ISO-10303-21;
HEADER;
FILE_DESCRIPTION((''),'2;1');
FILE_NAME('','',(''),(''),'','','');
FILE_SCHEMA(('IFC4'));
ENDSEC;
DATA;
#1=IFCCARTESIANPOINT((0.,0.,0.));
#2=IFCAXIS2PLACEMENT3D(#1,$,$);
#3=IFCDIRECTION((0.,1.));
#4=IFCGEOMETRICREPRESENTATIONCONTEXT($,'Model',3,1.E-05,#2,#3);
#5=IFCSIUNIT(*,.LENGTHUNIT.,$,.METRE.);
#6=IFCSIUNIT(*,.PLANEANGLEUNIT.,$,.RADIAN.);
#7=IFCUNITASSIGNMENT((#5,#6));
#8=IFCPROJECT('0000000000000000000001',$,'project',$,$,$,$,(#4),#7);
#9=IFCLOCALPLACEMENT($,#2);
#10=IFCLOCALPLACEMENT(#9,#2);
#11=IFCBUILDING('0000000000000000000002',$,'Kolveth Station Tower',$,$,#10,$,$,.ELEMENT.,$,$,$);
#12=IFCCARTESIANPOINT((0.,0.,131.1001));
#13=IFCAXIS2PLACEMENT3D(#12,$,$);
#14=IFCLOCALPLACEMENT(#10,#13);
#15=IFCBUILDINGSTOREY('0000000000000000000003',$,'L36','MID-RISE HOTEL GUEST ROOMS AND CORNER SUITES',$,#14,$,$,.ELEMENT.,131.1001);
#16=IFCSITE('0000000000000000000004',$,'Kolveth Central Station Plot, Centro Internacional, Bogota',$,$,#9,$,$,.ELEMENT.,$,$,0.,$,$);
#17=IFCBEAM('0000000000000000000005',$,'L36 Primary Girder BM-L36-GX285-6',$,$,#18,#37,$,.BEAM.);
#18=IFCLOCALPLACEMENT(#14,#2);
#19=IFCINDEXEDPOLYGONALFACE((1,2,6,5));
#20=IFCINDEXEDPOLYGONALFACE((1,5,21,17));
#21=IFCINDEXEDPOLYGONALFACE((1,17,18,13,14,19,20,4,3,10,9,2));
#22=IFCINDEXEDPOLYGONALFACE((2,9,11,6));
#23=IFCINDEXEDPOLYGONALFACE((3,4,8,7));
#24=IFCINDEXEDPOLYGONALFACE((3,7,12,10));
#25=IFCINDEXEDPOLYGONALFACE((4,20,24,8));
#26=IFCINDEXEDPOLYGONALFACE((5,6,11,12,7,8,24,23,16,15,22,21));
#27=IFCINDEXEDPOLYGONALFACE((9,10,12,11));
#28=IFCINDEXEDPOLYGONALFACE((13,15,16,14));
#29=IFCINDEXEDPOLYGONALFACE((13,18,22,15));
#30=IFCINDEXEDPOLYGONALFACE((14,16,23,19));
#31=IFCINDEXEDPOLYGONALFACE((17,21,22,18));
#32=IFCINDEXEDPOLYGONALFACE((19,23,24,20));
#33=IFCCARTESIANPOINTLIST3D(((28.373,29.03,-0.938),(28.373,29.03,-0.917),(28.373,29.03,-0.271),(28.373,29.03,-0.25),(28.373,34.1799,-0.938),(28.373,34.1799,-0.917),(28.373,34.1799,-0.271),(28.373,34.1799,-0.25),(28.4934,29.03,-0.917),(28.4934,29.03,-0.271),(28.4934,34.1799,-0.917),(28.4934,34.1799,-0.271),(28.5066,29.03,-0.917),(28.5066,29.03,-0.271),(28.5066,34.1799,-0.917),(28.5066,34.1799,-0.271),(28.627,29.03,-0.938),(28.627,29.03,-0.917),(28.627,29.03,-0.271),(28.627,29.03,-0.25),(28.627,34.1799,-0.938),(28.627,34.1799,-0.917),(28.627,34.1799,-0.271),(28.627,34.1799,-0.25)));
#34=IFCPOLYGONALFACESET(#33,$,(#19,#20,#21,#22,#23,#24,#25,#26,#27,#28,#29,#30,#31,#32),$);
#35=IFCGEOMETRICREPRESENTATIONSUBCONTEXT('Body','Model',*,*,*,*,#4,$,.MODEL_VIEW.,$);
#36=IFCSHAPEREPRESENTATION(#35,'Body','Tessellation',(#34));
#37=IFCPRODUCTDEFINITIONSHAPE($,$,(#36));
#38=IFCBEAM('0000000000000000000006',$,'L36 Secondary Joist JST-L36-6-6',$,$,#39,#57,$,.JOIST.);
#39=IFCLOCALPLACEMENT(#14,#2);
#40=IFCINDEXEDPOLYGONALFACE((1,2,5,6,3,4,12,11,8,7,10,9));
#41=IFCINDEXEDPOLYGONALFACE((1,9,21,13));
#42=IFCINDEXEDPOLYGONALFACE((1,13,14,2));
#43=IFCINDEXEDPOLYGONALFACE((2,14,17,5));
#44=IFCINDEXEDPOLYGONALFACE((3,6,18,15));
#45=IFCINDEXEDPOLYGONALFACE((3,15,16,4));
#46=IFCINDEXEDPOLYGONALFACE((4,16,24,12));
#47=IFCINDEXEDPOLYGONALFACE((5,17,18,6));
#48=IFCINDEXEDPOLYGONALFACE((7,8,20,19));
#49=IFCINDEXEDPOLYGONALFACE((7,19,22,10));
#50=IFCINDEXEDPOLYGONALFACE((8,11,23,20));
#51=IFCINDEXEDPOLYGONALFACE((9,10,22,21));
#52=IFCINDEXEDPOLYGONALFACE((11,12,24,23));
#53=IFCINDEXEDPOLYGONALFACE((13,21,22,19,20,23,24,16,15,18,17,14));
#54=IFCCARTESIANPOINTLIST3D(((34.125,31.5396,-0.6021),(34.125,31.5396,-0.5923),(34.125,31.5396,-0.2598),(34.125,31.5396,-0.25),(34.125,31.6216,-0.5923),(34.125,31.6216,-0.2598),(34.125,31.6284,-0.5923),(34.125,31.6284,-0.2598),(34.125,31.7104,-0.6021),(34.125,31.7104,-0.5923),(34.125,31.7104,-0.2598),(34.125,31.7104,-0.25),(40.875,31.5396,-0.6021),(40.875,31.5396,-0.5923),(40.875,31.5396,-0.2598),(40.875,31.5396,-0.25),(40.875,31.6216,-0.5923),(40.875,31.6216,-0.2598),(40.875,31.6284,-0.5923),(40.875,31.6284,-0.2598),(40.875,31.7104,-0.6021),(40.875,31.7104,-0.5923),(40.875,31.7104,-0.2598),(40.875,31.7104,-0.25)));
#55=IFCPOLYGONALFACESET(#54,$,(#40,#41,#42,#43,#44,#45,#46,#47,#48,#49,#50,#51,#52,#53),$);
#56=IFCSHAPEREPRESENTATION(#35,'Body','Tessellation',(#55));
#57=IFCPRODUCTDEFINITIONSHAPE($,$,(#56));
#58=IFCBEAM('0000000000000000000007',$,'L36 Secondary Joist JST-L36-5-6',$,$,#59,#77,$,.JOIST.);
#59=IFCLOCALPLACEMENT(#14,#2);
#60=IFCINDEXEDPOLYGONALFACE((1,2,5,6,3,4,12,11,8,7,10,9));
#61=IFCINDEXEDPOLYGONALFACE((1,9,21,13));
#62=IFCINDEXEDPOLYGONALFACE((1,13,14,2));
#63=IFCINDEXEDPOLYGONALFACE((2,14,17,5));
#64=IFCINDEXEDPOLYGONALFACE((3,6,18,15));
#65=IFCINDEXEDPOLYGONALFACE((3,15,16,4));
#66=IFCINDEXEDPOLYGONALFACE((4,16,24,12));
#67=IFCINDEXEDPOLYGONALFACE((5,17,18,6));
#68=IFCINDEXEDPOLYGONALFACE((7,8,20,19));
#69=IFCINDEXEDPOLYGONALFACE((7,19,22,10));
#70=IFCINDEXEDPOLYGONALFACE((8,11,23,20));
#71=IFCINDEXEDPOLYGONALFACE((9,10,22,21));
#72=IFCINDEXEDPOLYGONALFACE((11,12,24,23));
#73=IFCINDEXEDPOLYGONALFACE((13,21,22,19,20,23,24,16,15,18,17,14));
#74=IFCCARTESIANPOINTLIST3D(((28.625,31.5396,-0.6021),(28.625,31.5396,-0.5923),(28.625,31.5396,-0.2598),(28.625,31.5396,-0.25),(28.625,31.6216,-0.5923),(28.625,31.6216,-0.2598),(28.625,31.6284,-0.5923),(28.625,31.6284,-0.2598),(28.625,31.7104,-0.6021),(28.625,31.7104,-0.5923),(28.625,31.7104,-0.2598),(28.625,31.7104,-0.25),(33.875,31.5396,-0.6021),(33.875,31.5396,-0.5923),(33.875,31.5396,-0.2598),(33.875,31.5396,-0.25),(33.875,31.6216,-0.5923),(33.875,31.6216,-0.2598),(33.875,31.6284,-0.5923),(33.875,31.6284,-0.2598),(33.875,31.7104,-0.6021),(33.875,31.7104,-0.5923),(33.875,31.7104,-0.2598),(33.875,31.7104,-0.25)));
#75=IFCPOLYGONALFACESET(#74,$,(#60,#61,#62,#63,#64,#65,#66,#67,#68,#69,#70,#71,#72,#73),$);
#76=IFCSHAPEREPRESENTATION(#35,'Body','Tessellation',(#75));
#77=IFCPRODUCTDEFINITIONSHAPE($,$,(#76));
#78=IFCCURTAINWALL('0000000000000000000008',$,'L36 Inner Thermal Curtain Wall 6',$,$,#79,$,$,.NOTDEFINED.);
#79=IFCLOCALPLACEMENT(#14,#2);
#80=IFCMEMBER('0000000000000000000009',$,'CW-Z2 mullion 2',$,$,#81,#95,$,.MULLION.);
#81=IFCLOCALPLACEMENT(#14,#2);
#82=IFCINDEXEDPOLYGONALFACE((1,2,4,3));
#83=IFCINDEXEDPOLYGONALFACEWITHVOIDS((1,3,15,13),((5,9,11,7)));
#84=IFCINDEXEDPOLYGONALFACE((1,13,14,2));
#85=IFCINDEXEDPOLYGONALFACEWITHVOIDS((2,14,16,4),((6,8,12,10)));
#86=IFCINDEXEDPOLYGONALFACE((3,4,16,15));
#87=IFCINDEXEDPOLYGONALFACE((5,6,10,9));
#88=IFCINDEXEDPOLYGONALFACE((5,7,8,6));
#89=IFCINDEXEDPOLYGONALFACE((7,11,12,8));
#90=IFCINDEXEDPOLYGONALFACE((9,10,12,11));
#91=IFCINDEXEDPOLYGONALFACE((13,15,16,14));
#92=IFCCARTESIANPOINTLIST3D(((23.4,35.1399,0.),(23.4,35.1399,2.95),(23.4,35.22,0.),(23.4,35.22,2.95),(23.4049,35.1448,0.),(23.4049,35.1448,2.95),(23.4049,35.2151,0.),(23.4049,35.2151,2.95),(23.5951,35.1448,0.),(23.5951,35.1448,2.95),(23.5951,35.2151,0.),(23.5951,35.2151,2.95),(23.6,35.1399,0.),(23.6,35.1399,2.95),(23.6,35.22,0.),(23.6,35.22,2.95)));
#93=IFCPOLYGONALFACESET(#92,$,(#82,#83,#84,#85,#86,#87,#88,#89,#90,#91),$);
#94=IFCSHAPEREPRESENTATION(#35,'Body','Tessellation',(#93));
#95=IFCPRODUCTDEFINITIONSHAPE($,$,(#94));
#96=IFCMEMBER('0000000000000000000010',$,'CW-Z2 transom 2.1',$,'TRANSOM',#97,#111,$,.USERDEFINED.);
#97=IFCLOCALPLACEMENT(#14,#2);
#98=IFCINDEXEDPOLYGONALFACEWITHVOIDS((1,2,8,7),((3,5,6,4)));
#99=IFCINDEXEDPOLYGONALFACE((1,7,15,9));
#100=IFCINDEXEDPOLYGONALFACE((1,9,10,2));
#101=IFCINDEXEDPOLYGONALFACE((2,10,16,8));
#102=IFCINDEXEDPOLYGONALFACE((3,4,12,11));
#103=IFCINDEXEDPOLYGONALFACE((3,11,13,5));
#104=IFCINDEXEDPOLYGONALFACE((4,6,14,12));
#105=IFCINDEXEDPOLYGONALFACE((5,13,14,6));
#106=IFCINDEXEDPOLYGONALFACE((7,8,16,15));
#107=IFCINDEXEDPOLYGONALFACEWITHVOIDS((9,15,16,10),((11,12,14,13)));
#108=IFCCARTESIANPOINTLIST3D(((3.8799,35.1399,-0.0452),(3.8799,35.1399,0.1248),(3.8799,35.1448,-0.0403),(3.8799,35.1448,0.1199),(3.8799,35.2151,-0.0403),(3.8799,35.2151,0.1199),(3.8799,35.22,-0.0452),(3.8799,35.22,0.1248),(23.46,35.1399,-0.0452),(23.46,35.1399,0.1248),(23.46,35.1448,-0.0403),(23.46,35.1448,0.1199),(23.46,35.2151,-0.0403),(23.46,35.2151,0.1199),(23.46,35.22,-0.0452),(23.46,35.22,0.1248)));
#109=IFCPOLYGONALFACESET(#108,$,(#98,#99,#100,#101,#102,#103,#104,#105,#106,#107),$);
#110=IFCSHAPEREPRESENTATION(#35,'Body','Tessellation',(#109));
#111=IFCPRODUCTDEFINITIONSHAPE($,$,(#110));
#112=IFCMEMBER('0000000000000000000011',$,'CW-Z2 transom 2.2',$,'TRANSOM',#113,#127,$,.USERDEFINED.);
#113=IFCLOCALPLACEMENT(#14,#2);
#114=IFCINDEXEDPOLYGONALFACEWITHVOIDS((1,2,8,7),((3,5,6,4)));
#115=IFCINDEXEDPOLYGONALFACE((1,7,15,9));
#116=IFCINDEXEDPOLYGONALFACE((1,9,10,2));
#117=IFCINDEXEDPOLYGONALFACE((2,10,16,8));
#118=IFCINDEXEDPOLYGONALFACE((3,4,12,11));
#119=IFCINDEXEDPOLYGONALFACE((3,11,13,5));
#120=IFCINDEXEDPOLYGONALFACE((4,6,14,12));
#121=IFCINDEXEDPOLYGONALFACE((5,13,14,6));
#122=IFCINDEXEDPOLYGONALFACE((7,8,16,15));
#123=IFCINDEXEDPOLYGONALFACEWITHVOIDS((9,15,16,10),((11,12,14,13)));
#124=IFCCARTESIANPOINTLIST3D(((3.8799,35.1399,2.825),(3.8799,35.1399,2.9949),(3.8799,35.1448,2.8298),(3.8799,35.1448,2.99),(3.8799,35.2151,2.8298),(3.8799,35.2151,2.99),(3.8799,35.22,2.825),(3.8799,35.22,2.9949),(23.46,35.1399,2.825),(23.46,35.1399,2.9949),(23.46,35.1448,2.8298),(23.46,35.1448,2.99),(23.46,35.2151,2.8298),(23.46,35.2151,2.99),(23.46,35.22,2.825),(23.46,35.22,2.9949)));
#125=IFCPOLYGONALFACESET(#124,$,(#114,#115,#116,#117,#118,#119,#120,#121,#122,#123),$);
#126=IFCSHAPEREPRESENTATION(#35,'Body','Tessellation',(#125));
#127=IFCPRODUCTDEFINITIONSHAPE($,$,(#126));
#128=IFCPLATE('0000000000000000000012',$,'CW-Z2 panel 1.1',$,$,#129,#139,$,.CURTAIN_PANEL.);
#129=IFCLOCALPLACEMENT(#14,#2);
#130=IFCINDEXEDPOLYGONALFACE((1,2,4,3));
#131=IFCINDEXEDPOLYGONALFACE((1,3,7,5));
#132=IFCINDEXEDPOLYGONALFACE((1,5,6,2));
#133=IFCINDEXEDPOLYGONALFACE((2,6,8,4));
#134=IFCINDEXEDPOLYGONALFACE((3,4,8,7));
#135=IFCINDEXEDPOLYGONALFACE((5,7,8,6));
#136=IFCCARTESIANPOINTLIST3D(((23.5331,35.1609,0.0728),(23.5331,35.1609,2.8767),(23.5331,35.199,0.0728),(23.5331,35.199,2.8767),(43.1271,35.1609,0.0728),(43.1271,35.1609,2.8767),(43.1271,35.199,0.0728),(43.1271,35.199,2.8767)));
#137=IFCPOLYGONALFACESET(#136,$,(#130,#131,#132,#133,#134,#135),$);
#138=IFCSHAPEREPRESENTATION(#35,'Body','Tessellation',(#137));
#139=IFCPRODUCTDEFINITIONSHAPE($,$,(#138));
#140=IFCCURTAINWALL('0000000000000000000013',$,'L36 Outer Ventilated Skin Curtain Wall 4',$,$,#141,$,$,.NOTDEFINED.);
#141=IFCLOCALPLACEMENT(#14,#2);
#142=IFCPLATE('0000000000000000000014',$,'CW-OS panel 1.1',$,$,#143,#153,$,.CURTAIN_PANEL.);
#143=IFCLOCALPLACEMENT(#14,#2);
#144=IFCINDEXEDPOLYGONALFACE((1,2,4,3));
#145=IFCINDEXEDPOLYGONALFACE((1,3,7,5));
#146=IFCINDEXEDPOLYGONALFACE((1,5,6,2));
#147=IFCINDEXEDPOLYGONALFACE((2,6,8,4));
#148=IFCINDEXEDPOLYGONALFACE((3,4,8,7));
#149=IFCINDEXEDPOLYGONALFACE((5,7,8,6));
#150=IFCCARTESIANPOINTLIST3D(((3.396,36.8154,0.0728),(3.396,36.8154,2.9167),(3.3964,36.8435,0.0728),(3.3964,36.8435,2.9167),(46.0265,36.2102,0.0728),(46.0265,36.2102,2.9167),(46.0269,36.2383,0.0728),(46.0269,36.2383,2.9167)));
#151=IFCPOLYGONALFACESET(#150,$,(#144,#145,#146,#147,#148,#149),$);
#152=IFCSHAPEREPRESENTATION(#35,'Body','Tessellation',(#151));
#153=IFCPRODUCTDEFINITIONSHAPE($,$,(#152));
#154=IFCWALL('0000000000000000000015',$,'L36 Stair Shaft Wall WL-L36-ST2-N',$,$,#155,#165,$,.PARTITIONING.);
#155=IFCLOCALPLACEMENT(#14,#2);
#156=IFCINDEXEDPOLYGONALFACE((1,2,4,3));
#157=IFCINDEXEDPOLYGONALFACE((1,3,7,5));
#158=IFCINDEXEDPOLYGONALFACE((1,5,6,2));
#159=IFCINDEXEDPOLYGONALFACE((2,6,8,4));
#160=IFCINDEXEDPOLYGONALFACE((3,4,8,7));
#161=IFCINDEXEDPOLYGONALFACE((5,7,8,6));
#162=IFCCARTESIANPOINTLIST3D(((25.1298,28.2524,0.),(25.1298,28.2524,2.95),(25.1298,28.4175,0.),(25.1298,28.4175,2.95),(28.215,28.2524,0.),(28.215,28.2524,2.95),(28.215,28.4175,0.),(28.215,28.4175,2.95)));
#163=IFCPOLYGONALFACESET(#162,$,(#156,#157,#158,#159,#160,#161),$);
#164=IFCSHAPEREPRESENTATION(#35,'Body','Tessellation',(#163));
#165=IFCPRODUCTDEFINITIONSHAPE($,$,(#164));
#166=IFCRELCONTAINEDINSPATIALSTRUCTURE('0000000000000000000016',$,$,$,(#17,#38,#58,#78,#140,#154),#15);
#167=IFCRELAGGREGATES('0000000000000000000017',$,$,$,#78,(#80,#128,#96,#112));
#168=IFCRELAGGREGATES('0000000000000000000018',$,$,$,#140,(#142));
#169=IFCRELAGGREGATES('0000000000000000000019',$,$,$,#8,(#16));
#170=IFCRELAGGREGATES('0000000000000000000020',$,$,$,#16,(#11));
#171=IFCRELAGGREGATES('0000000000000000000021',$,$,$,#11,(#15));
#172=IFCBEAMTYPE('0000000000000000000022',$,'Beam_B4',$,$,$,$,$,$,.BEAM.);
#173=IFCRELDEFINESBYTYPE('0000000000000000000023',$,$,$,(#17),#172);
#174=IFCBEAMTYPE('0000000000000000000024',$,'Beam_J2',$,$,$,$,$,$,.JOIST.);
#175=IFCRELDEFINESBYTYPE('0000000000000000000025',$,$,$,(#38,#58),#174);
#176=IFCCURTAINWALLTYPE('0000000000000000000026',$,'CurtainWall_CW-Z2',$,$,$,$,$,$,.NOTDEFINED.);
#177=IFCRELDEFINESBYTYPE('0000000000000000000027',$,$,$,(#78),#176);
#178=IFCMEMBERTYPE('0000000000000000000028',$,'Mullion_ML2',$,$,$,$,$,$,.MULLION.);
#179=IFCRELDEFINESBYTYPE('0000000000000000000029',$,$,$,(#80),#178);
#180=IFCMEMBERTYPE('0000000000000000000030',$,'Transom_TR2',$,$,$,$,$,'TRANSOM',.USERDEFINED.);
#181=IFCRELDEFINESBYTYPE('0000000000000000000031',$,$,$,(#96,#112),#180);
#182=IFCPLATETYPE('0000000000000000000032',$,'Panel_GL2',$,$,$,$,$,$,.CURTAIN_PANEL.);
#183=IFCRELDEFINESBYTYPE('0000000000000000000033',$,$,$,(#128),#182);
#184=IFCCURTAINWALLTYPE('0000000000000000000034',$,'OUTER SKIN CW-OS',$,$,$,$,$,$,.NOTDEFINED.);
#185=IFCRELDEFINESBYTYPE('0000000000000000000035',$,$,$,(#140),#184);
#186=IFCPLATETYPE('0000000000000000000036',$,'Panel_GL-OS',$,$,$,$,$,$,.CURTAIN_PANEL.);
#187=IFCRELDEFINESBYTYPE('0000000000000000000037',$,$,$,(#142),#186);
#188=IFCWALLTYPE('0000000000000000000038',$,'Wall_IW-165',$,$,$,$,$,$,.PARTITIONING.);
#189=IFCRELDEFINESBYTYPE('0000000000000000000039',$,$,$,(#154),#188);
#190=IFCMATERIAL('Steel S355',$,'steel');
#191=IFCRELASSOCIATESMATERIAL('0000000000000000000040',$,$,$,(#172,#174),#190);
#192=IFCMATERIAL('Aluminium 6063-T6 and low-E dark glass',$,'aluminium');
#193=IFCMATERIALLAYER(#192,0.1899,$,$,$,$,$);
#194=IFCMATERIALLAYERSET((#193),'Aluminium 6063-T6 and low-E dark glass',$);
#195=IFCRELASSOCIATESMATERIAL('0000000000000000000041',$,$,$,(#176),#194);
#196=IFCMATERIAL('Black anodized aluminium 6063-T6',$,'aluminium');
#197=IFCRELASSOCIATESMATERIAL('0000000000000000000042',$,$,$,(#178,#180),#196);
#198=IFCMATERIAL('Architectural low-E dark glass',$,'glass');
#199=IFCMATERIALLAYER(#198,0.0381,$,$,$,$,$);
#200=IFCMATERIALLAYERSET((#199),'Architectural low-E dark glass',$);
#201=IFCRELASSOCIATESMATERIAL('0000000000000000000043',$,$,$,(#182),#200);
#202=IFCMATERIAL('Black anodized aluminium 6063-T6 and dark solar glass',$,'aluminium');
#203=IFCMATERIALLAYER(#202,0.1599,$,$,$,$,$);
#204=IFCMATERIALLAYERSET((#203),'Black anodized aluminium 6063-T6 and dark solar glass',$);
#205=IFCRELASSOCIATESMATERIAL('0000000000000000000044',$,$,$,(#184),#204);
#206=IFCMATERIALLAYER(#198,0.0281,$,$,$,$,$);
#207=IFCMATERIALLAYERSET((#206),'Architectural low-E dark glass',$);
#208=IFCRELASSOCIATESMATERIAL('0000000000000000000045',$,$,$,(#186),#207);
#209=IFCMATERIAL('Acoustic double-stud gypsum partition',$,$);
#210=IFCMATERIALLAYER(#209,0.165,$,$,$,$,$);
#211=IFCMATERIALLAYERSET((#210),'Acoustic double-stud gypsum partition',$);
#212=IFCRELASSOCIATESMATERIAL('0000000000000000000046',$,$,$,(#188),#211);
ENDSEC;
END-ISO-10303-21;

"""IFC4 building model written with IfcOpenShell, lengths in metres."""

from ifc_helpers import new_model, si_unit, direction, frame, frame_2d, origin, origin_2d, place, context, subcontext, project, spatial, rectangle, hollow_rectangle, i_section, extrude, source, transform, mapped, material, layer, layer_set, material_profile, profile_set, type_object, element, aggregate, save


model = new_model("IFC4")

# Units and contexts
model_context = context("Model", 3, precision=1e-05, world=origin(), true_north=direction((0.0, 1.0)))
body_context = subcontext(model_context, "Body", "Model", "MODEL_VIEW")
ifc_project = project(units=[si_unit("LENGTHUNIT", "METRE"), si_unit("PLANEANGLEUNIT", "RADIAN")], contexts=[model_context])

# Site, building, storey
site_placement = place(None, origin())
site = spatial("IfcSite", under=ifc_project, at=site_placement, Name="Kolveth Central Station Plot, Centro Internacional, Bogota", CompositionType="ELEMENT", RefElevation=0.0)
building_placement = place(site_placement, origin())
building = spatial("IfcBuilding", under=site, at=building_placement, Name="Kolveth Station Tower", CompositionType="ELEMENT")
storey_placement = place(building_placement, frame((0.0, 0.0, 131.1001)))
storey = spatial("IfcBuildingStorey", under=building, at=storey_placement, Name="L36", Description="MID-RISE HOTEL GUEST ROOMS AND CORNER SUITES", CompositionType="ELEMENT", Elevation=131.1001)

# Shared definitions
ifc_material_1 = material(Name="Steel S355", Category="steel")

# Beams
ifc_material_profile_1 = material_profile(ifc_material_1, i_section(OverallWidth=0.2539, OverallDepth=0.688, WebThickness=0.0132, FlangeThickness=0.021, at=origin_2d()), Name="W690x152")
ifc_profile_set_1 = profile_set([ifc_material_profile_1], Name="Steel S355")
beam_type_1 = type_object("IfcBeamType", Name="Beam_B4", PredefinedType="BEAM", material=ifc_profile_set_1)
shared_shape_1 = source(origin(), body_context, "Body", "SweptSolid", [
    extrude(i_section(OverallWidth=0.2539, OverallDepth=0.688, WebThickness=0.0132, FlangeThickness=0.021, at=origin_2d()), origin(), (0.0, 0.0, 1.0), 5.1499),
])
beam_1_placement = place(storey_placement, frame((28.5, 29.03, -0.594), z_axis=(0.0, 1.0, 0.0), x_axis=(-1.0, 0.0, 0.0)))
element("IfcBeam", 1, at=beam_1_placement, inside=storey, type_object=beam_type_1, Name="L36 Primary Girder BM-L36-GX285-6", PredefinedType="BEAM", context=body_context, shape_type="MappedRepresentation", body=[
    mapped(shared_shape_1, transform((0.0, 0.0, 0.0), x_axis=(1.0, 0.0, 0.0), y_axis=(0.0, 1.0, 0.0), z_axis=(0.0, 0.0, 1.0), scale=1.0)),
])
ifc_material_profile_2 = material_profile(ifc_material_1, i_section(OverallWidth=0.1709, OverallDepth=0.3521, WebThickness=0.0068, FlangeThickness=0.0098, at=origin_2d()), Name="W360x44")
ifc_profile_set_2 = profile_set([ifc_material_profile_2], Name="Steel S355")
beam_type_2 = type_object("IfcBeamType", Name="Beam_J2", PredefinedType="JOIST", material=ifc_profile_set_2)
shared_shape_2 = source(origin(), body_context, "Body", "SweptSolid", [
    extrude(i_section(OverallWidth=0.1709, OverallDepth=0.3521, WebThickness=0.0068, FlangeThickness=0.0098, at=origin_2d()), origin(), (0.0, 0.0, 1.0), 6.75),
])
beam_2_placement = place(storey_placement, frame((34.125, 31.625, -0.426), z_axis=(1.0, 0.0, 0.0), x_axis=(0.0, 1.0, 0.0)))
element("IfcBeam", 2, at=beam_2_placement, inside=storey, type_object=beam_type_2, Name="L36 Secondary Joist JST-L36-6-6", PredefinedType="JOIST", context=body_context, shape_type="MappedRepresentation", body=[
    mapped(shared_shape_2, transform((0.0, 0.0, 0.0), x_axis=(1.0, 0.0, 0.0), y_axis=(0.0, 1.0, 0.0), z_axis=(0.0, 0.0, 1.0), scale=1.0)),
])
shared_shape_3 = source(origin(), body_context, "Body", "SweptSolid", [
    extrude(i_section(OverallWidth=0.1709, OverallDepth=0.3521, WebThickness=0.0068, FlangeThickness=0.0098, at=origin_2d()), origin(), (0.0, 0.0, 1.0), 5.25),
])
beam_3_placement = place(storey_placement, frame((28.625, 31.625, -0.426), z_axis=(1.0, 0.0, 0.0), x_axis=(0.0, 1.0, 0.0)))
element("IfcBeam", 3, at=beam_3_placement, inside=storey, type_object=beam_type_2, Name="L36 Secondary Joist JST-L36-5-6", PredefinedType="JOIST", context=body_context, shape_type="MappedRepresentation", body=[
    mapped(shared_shape_3, transform((0.0, 0.0, 0.0), x_axis=(1.0, 0.0, 0.0), y_axis=(0.0, 1.0, 0.0), z_axis=(0.0, 0.0, 1.0), scale=1.0)),
])

# Curtain wall, members, plate
ifc_material_2 = material(Name="Aluminium 6063-T6 and low-E dark glass", Category="aluminium")
ifc_layer_1 = layer(ifc_material_2, 0.1899)
ifc_layer_set_1 = layer_set([ifc_layer_1], Name="Aluminium 6063-T6 and low-E dark glass")
curtain_wall_type_1 = type_object("IfcCurtainWallType", Name="CurtainWall_CW-Z2", PredefinedType="NOTDEFINED", material=ifc_layer_set_1)
curtain_wall_1_placement = place(storey_placement, origin())
curtain_wall_1 = element("IfcCurtainWall", 4, at=curtain_wall_1_placement, inside=storey, type_object=curtain_wall_type_1, Name="L36 Inner Thermal Curtain Wall 6", PredefinedType="NOTDEFINED")
ifc_material_3 = material(Name="Black anodized aluminium 6063-T6", Category="aluminium")
ifc_material_profile_3 = material_profile(ifc_material_3, hollow_rectangle(XDim=0.0801, YDim=0.2, WallThickness=0.0049, at=origin_2d()), Name="ALU-80x200x5")
ifc_profile_set_3 = profile_set([ifc_material_profile_3], Name="Black anodized aluminium 6063-T6")
member_type_1 = type_object("IfcMemberType", Name="Mullion_ML2", PredefinedType="MULLION", material=ifc_profile_set_3)
shared_shape_4 = source(origin(), body_context, "Body", "SweptSolid", [
    extrude(hollow_rectangle(XDim=0.0801, YDim=0.2, WallThickness=0.0049, at=origin_2d()), origin(), (0.0, 0.0, 1.0), 2.95),
])
member_1_placement = place(storey_placement, frame((23.5, 35.1799, 0.0), z_axis=(0.0, 0.0, 1.0), x_axis=(0.0, -1.0, 0.0)))
member_1 = element("IfcMember", 5, at=member_1_placement, type_object=member_type_1, Name="CW-Z2 mullion 2", PredefinedType="MULLION", context=body_context, shape_type="MappedRepresentation", body=[
    mapped(shared_shape_4, transform((0.0, 0.0, 0.0), x_axis=(1.0, 0.0, 0.0), y_axis=(0.0, 1.0, 0.0), z_axis=(0.0, 0.0, 1.0), scale=1.0)),
])
ifc_material_profile_4 = material_profile(ifc_material_3, hollow_rectangle(XDim=0.0801, YDim=0.1699, WallThickness=0.0049, at=origin_2d()), Name="ALU-80x170x5")
ifc_profile_set_4 = profile_set([ifc_material_profile_4], Name="Black anodized aluminium 6063-T6")
member_type_2 = type_object("IfcMemberType", Name="Transom_TR2", ElementType="TRANSOM", PredefinedType="USERDEFINED", material=ifc_profile_set_4)
shared_shape_5 = source(origin(), body_context, "Body", "SweptSolid", [
    extrude(hollow_rectangle(XDim=0.0801, YDim=0.1699, WallThickness=0.0049, at=origin_2d()), origin(), (0.0, 0.0, 1.0), 19.5801),
])
member_2_placement = place(storey_placement, frame((23.46, 35.1799, 0.0398), z_axis=(-1.0, 0.0, 0.0), x_axis=(0.0, -1.0, 0.0)))
member_2 = element("IfcMember", 6, at=member_2_placement, type_object=member_type_2, Name="CW-Z2 transom 2.1", ObjectType="TRANSOM", PredefinedType="USERDEFINED", context=body_context, shape_type="MappedRepresentation", body=[
    mapped(shared_shape_5, transform((0.0, 0.0, 0.0), x_axis=(1.0, 0.0, 0.0), y_axis=(0.0, 1.0, 0.0), z_axis=(0.0, 0.0, 1.0), scale=1.0)),
])
member_3_placement = place(storey_placement, frame((23.46, 35.1799, 2.9099), z_axis=(-1.0, 0.0, 0.0), x_axis=(0.0, -1.0, 0.0)))
member_3 = element("IfcMember", 7, at=member_3_placement, type_object=member_type_2, Name="CW-Z2 transom 2.2", ObjectType="TRANSOM", PredefinedType="USERDEFINED", context=body_context, shape_type="MappedRepresentation", body=[
    mapped(shared_shape_5, transform((0.0, 0.0, 0.0), x_axis=(1.0, 0.0, 0.0), y_axis=(0.0, 1.0, 0.0), z_axis=(0.0, 0.0, 1.0), scale=1.0)),
])
ifc_material_4 = material(Name="Architectural low-E dark glass", Category="glass")
ifc_layer_2 = layer(ifc_material_4, 0.0381)
ifc_layer_set_2 = layer_set([ifc_layer_2], Name="Architectural low-E dark glass")
plate_type_1 = type_object("IfcPlateType", Name="Panel_GL2", PredefinedType="CURTAIN_PANEL", material=ifc_layer_set_2)
shared_shape_6 = source(origin(), body_context, "Body", "SweptSolid", [
    extrude(rectangle(XDim=19.594, YDim=0.0381, at=origin_2d()), origin(), (0.0, 0.0, 1.0), 2.804),
])
plate_1_placement = place(storey_placement, frame((33.3301, 35.1799, 0.0728), z_axis=(0.0, 0.0, 1.0), x_axis=(-1.0, 0.0, 0.0)))
plate_1 = element("IfcPlate", 8, at=plate_1_placement, type_object=plate_type_1, Name="CW-Z2 panel 1.1", PredefinedType="CURTAIN_PANEL", context=body_context, shape_type="MappedRepresentation", body=[
    mapped(shared_shape_6, transform((0.0, 0.0, 0.0), x_axis=(1.0, 0.0, 0.0), y_axis=(0.0, 1.0, 0.0), z_axis=(0.0, 0.0, 1.0), scale=1.0)),
])
aggregate(curtain_wall_1, [member_1, plate_1, member_2, member_3])

# Curtain wall, plate
ifc_material_5 = material(Name="Black anodized aluminium 6063-T6 and dark solar glass", Category="aluminium")
ifc_layer_3 = layer(ifc_material_5, 0.1599)
ifc_layer_set_3 = layer_set([ifc_layer_3], Name="Black anodized aluminium 6063-T6 and dark solar glass")
curtain_wall_type_2 = type_object("IfcCurtainWallType", Name="OUTER SKIN CW-OS", PredefinedType="NOTDEFINED", material=ifc_layer_set_3)
curtain_wall_2_placement = place(storey_placement, origin())
curtain_wall_2 = element("IfcCurtainWall", 9, at=curtain_wall_2_placement, inside=storey, type_object=curtain_wall_type_2, Name="L36 Outer Ventilated Skin Curtain Wall 4", PredefinedType="NOTDEFINED")
ifc_layer_4 = layer(ifc_material_4, 0.0281)
ifc_layer_set_4 = layer_set([ifc_layer_4], Name="Architectural low-E dark glass")
plate_type_2 = type_object("IfcPlateType", Name="Panel_GL-OS", PredefinedType="CURTAIN_PANEL", material=ifc_layer_set_4)
shared_shape_7 = source(origin(), body_context, "Body", "SweptSolid", [
    extrude(rectangle(XDim=42.6348, YDim=0.0281, at=origin_2d()), origin(), (0.0, 0.0, 1.0), 2.844),
])
plate_2_placement = place(storey_placement, frame((24.7114, 36.5269, 0.0728), z_axis=(0.0, 0.0, 1.0), x_axis=(-0.999899, 0.014196, 0.0)))
plate_2 = element("IfcPlate", 10, at=plate_2_placement, type_object=plate_type_2, Name="CW-OS panel 1.1", PredefinedType="CURTAIN_PANEL", context=body_context, shape_type="MappedRepresentation", body=[
    mapped(shared_shape_7, transform((0.0, 0.0, 0.0), x_axis=(1.0, 0.0, 0.0), y_axis=(0.0, 1.0, 0.0), z_axis=(0.0, 0.0, 1.0), scale=1.0)),
])
aggregate(curtain_wall_2, [plate_2])

# Wall
ifc_material_6 = material(Name="Acoustic double-stud gypsum partition")
ifc_layer_5 = layer(ifc_material_6, 0.165)
ifc_layer_set_5 = layer_set([ifc_layer_5], Name="Acoustic double-stud gypsum partition")
wall_type = type_object("IfcWallType", Name="Wall_IW-165", PredefinedType="PARTITIONING", material=ifc_layer_set_5)
wall_1_placement = place(storey_placement, frame((25.1299, 28.335, 0.0), z_axis=(0.0, 0.0, 1.0), x_axis=(1.0, 0.0, 0.0)))
element("IfcWall", 11, at=wall_1_placement, inside=storey, type_object=wall_type, Name="L36 Stair Shaft Wall WL-L36-ST2-N", PredefinedType="PARTITIONING", context=body_context, shape_type="SweptSolid", body=[
    extrude(rectangle(XDim=3.0852, YDim=0.165, at=frame_2d((1.5425, 0.0))), origin(), (0.0, 0.0, 1.0), 2.95),
])

save(model, "model.ifc")
